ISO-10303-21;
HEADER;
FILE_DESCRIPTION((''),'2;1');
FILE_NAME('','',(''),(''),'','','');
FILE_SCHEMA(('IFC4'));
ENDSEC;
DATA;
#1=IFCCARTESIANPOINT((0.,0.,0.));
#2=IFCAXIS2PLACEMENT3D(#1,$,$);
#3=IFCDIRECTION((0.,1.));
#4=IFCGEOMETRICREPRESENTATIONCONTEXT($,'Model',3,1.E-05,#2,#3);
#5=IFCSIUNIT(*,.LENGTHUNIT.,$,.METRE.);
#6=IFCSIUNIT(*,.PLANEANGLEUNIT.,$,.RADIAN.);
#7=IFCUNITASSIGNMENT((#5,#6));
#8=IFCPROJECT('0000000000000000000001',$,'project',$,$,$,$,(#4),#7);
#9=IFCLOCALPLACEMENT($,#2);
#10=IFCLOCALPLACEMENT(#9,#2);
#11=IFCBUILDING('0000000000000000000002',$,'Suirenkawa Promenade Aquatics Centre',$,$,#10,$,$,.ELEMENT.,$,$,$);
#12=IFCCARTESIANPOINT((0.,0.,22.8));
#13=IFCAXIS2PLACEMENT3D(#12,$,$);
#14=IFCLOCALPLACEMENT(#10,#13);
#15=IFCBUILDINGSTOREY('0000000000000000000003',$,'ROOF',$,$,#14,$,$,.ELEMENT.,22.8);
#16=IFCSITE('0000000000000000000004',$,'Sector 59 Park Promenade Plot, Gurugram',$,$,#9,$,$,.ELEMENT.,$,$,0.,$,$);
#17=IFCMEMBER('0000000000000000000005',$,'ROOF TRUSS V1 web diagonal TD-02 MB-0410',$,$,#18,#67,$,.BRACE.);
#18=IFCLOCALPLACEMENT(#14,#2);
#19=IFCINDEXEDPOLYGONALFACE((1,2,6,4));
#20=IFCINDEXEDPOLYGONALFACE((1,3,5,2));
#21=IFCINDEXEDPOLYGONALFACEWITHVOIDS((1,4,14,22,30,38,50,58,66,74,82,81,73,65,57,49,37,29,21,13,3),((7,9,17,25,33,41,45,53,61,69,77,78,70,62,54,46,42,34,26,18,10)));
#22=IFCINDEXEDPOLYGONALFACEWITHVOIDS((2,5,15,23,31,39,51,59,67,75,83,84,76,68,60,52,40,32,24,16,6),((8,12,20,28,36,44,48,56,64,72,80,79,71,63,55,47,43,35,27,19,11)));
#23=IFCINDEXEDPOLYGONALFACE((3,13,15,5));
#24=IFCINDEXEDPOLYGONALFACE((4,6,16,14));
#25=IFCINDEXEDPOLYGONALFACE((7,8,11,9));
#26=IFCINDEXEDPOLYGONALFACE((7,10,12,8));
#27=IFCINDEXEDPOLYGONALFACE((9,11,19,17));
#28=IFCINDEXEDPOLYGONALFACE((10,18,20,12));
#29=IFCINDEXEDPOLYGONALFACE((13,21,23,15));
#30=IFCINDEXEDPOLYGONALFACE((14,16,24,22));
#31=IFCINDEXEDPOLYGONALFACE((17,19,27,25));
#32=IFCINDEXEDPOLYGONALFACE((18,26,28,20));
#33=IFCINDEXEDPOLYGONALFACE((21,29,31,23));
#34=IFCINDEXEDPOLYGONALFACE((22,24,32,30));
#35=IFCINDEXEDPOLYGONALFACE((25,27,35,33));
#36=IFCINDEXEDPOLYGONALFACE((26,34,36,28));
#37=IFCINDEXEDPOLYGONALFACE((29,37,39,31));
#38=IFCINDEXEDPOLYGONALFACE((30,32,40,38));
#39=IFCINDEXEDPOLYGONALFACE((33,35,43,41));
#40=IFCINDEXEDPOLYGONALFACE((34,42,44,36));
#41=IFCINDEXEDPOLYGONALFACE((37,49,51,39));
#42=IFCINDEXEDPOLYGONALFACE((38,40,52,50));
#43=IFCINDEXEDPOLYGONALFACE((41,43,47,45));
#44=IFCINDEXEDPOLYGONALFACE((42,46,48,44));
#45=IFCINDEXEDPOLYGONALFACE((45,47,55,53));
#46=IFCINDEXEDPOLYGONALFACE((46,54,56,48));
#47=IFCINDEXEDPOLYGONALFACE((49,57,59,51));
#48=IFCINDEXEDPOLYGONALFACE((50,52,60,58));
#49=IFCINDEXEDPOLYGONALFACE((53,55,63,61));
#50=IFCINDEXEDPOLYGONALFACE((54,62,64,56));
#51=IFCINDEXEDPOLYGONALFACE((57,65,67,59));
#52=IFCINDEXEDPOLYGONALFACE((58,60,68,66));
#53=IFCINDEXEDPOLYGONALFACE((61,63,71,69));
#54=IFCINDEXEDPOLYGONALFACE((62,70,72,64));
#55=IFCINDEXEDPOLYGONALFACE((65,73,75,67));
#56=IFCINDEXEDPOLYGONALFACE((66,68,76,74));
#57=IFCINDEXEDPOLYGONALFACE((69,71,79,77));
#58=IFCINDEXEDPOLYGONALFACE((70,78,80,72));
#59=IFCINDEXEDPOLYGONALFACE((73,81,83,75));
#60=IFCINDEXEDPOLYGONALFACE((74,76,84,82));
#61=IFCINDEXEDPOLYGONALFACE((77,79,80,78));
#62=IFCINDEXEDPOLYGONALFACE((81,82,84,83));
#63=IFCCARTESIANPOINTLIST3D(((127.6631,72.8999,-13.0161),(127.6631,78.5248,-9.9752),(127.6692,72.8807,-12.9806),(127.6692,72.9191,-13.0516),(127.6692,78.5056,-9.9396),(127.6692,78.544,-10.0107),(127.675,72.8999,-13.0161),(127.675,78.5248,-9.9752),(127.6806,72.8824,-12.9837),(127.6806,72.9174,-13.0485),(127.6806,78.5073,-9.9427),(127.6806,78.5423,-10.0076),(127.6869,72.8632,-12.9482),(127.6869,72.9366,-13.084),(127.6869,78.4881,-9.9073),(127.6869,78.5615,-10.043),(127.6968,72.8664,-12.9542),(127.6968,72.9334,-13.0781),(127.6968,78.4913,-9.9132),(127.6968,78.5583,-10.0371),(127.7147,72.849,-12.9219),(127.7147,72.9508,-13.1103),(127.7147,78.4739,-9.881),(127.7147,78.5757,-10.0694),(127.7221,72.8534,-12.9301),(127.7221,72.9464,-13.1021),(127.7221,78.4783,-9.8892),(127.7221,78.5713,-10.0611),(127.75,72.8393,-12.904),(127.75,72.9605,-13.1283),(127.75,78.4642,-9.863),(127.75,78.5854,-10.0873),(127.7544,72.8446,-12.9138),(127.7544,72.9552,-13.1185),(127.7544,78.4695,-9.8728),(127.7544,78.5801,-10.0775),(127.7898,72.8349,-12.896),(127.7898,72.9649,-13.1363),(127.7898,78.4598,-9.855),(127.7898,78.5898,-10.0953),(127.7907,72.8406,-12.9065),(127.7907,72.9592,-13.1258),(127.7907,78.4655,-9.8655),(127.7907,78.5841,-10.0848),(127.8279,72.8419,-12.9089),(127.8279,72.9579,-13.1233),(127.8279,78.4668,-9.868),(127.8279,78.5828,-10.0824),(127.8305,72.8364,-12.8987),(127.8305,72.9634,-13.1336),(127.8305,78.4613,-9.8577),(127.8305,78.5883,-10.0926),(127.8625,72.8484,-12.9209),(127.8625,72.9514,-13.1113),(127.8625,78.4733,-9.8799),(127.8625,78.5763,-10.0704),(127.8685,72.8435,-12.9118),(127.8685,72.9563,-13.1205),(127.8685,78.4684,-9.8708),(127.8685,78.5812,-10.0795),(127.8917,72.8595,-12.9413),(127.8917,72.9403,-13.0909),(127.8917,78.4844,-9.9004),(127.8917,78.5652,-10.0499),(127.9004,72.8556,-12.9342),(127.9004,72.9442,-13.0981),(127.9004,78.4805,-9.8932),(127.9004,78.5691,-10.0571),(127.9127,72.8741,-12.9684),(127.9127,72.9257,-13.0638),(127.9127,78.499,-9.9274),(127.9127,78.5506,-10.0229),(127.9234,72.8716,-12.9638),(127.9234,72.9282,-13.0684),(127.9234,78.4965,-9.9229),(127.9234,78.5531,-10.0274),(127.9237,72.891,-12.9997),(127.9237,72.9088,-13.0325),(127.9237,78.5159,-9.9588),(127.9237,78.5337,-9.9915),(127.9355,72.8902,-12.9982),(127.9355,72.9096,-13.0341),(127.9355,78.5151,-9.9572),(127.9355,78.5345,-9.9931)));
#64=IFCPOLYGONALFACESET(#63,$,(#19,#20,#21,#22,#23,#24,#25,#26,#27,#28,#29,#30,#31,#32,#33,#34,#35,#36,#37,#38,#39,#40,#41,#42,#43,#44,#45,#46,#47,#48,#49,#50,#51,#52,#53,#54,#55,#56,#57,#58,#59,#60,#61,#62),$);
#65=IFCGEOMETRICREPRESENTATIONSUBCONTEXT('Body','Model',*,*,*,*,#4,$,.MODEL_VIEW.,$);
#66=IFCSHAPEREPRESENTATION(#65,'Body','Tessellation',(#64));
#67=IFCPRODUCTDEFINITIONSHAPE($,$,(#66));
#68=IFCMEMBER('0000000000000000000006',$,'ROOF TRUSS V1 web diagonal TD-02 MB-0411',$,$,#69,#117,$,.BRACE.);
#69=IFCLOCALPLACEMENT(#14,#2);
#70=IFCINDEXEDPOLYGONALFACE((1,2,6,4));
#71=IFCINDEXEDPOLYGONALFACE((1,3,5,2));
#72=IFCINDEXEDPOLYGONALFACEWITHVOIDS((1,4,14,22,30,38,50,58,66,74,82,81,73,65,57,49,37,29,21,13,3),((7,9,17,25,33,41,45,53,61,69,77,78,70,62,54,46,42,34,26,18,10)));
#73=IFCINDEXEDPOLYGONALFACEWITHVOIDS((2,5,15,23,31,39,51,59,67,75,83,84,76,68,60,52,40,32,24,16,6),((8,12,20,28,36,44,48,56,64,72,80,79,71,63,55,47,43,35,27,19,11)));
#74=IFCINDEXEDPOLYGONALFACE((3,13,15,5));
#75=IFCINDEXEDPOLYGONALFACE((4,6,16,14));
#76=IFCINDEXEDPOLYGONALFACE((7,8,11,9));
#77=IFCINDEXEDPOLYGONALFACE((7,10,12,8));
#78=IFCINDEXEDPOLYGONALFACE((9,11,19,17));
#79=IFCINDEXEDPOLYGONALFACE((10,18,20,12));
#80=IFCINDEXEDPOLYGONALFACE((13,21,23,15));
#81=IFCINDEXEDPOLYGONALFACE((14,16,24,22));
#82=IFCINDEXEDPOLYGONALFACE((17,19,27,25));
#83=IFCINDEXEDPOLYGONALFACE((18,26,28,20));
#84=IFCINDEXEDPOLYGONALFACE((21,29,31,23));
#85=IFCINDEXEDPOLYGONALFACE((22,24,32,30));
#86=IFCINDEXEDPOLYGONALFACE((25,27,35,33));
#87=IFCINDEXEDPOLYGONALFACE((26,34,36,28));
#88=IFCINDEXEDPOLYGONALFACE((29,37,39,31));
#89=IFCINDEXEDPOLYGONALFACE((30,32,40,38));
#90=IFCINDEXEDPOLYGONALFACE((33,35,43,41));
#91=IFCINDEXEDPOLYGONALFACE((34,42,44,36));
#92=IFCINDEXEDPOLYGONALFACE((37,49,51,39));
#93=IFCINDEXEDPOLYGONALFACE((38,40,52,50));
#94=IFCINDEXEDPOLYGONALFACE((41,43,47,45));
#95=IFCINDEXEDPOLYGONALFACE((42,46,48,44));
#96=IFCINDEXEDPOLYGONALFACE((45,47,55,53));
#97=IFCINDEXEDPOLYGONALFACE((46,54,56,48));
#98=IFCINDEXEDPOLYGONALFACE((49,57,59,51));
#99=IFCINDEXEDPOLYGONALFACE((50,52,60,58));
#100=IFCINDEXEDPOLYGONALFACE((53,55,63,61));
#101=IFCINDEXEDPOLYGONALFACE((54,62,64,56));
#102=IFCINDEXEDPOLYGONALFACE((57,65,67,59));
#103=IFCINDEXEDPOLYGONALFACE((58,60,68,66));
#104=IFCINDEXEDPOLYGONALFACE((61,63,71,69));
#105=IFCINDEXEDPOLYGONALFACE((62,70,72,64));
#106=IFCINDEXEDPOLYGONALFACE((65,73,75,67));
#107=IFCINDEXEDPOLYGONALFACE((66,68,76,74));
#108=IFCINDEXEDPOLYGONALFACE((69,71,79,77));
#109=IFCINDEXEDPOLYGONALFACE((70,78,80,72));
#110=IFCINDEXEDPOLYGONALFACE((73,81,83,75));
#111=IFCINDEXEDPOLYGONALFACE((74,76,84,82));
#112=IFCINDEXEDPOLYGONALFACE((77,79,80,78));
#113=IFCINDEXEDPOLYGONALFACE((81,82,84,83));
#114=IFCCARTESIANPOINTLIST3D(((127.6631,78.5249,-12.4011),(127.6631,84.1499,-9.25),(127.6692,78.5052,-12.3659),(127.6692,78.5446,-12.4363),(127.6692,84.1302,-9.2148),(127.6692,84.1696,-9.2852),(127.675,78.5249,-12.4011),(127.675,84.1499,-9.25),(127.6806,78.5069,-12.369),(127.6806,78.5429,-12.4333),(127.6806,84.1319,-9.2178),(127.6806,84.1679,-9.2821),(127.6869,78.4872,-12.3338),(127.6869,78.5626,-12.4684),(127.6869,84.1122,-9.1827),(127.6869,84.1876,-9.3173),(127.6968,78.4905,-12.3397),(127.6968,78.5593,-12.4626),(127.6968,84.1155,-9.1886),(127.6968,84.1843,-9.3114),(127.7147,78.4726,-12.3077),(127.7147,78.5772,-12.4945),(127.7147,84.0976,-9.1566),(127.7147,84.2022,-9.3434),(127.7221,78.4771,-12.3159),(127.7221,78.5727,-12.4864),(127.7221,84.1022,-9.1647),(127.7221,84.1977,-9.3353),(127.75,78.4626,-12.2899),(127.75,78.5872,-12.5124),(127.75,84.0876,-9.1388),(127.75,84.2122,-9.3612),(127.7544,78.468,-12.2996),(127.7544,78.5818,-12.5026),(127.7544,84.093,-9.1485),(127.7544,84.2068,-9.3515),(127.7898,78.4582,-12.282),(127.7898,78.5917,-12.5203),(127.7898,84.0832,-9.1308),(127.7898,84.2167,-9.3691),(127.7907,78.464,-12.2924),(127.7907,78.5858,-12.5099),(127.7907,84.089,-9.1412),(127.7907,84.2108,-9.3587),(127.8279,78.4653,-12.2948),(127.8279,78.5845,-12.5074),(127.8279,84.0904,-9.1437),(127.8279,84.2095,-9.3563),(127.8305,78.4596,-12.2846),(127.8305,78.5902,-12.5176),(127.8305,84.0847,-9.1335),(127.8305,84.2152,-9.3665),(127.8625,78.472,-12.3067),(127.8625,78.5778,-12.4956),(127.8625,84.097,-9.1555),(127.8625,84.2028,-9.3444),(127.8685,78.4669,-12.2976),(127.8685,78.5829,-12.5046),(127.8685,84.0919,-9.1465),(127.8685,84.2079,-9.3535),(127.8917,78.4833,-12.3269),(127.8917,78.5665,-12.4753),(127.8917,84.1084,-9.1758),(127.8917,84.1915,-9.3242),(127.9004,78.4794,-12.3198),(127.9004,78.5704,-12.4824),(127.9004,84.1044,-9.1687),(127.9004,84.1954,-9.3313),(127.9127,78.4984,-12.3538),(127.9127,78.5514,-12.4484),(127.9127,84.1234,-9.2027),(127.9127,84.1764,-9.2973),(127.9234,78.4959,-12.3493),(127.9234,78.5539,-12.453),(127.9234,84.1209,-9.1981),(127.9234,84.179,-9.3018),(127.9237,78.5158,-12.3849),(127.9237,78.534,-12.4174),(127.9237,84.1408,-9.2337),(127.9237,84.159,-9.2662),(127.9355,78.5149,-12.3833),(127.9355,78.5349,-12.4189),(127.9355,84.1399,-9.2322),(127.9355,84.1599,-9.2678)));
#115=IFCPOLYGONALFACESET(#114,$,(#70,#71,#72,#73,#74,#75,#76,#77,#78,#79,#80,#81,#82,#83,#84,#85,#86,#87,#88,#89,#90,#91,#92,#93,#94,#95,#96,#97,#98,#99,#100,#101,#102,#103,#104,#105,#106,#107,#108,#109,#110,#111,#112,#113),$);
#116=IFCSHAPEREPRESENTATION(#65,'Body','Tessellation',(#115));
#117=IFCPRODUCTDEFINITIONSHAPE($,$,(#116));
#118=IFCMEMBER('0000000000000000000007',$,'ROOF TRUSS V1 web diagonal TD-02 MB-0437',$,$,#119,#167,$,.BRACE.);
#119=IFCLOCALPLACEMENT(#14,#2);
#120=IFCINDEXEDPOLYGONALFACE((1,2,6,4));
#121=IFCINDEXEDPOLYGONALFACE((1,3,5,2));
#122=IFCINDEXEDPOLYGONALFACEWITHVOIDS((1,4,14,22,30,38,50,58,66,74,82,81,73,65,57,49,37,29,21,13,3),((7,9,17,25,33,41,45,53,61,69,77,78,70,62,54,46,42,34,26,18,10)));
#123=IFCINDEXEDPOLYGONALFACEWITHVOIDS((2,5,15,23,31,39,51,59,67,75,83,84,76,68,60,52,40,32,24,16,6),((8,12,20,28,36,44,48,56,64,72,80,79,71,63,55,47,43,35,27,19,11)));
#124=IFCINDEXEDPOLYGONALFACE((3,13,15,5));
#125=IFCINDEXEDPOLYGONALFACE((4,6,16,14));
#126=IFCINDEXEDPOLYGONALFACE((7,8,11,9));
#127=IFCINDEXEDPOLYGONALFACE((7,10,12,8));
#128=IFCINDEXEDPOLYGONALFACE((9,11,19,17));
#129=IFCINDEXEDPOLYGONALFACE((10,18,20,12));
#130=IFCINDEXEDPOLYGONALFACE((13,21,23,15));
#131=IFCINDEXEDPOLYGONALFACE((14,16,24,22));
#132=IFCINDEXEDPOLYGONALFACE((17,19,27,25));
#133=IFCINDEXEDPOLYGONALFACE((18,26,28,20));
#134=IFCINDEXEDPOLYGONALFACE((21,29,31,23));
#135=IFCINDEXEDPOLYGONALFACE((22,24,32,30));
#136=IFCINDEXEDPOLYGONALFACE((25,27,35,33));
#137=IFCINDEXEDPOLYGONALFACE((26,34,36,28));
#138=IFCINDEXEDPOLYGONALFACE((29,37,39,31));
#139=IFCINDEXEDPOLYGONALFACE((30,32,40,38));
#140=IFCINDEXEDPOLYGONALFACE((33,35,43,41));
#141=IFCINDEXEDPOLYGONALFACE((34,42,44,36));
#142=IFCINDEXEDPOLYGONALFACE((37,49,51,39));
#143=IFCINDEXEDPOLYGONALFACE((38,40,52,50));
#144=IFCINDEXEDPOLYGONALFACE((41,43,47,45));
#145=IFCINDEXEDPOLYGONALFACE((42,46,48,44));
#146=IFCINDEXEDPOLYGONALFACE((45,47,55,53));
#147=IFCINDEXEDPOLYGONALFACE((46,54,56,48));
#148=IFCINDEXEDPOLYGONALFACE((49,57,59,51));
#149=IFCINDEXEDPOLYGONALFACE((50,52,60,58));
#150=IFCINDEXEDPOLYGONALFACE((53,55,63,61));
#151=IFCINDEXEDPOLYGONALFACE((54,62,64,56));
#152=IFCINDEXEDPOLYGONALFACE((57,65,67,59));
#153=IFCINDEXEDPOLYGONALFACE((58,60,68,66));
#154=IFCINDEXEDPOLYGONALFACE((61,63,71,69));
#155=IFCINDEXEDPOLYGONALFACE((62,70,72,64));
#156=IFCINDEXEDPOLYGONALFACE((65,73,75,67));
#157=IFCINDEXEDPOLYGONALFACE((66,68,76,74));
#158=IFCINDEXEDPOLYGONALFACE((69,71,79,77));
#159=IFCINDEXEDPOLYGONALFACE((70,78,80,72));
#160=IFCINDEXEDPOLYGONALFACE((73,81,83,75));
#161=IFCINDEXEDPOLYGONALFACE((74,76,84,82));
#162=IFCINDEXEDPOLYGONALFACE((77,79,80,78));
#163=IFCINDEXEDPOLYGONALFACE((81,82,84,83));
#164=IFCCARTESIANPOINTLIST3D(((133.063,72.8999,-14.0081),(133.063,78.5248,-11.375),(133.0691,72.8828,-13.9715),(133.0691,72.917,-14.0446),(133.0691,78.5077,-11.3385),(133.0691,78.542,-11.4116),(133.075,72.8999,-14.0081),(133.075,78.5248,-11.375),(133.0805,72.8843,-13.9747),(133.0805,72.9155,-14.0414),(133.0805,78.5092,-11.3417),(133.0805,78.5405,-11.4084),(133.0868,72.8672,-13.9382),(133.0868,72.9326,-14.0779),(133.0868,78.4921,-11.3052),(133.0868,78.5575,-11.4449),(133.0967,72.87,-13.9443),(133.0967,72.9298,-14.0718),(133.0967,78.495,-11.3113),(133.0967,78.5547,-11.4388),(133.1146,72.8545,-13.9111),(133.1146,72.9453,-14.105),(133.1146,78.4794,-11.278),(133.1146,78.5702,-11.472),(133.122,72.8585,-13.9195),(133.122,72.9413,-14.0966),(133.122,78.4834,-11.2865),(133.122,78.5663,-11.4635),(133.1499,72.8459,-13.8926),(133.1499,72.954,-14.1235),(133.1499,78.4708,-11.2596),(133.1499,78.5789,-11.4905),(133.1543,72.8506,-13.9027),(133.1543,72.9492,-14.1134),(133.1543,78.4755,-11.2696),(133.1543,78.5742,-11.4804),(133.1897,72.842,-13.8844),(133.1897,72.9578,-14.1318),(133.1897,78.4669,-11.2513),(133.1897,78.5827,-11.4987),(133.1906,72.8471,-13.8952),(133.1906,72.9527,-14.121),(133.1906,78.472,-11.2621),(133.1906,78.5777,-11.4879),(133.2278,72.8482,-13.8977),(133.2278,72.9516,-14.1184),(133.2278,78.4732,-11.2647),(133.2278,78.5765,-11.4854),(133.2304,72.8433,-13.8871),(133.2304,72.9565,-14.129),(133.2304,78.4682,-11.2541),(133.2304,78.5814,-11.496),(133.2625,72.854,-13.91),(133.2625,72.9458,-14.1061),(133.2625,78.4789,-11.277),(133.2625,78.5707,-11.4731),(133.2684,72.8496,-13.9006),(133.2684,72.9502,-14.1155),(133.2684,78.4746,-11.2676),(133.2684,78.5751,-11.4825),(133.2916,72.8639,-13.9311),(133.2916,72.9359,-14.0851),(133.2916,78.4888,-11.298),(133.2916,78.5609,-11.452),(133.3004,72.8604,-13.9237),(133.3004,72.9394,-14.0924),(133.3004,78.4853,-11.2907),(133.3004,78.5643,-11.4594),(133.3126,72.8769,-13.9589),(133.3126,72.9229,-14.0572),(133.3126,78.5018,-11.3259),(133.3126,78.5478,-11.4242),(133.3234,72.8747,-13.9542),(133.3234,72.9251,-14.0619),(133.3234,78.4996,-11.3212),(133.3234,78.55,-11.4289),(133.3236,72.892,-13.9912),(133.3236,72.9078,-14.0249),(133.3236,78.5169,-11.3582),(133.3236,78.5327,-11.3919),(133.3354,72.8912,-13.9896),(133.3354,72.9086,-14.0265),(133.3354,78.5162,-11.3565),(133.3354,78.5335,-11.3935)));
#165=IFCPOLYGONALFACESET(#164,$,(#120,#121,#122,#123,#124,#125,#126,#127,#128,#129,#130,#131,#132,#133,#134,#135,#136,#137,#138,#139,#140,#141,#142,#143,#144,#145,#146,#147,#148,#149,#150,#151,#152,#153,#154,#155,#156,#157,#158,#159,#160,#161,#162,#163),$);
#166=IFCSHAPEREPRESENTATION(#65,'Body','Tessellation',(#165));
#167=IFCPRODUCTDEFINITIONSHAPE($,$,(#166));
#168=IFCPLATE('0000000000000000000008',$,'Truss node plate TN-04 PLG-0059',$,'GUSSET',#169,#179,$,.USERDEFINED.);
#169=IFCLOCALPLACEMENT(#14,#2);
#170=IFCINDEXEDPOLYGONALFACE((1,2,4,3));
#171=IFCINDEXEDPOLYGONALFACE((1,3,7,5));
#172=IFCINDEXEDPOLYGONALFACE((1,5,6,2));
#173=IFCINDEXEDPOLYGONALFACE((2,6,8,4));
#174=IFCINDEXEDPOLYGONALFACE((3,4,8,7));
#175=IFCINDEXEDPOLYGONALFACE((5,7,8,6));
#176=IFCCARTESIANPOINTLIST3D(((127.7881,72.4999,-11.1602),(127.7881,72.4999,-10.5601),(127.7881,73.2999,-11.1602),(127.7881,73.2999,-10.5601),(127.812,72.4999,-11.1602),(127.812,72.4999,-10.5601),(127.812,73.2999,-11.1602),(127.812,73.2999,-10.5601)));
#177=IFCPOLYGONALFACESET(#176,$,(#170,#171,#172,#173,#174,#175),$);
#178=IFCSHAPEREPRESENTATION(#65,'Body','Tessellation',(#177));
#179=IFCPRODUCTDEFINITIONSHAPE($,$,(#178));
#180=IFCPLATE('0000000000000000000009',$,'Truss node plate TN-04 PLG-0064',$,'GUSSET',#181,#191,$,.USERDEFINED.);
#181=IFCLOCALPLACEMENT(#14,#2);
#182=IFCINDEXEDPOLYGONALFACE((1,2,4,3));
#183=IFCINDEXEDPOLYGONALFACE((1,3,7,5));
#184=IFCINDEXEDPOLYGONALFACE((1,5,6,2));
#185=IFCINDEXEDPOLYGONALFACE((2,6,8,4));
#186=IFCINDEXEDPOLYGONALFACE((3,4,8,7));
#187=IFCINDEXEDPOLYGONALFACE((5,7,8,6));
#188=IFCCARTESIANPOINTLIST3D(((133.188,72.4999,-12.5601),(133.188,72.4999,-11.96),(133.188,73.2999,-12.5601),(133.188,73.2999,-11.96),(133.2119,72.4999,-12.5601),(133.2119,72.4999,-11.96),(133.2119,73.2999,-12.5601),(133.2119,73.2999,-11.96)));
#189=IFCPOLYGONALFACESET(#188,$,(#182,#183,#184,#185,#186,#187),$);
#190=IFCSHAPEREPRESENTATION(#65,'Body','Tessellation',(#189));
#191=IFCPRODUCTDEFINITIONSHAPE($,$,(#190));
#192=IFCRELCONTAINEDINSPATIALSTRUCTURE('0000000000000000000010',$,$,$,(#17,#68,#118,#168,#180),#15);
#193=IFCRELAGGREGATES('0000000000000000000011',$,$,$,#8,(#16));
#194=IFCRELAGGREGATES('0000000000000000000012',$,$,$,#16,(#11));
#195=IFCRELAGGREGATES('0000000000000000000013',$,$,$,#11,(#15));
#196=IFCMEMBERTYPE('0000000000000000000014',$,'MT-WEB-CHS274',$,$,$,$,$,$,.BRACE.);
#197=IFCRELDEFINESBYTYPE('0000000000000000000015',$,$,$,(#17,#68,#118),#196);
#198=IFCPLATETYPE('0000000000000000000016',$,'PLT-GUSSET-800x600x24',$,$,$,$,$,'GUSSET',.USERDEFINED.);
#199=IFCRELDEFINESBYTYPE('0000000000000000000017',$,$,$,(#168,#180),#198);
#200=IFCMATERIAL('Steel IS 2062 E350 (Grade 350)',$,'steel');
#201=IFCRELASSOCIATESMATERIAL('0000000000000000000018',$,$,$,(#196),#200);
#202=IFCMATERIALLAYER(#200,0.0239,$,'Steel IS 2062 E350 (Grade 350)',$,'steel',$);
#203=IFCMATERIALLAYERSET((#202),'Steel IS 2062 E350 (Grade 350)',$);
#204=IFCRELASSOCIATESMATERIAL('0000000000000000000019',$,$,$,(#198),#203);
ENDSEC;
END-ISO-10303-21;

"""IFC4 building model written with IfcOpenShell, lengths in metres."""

from ifc_helpers import new_model, si_unit, direction, frame, origin, origin_2d, place, context, subcontext, project, spatial, rectangle, hollow_circle, extrude, material, layer, layer_set, material_profile, profile_set, type_object, element, save


model = new_model("IFC4")

# Units and contexts
model_context = context("Model", 3, precision=1e-05, world=origin(), true_north=direction((0.0, 1.0)))
body_context = subcontext(model_context, "Body", "Model", "MODEL_VIEW")
ifc_project = project(units=[si_unit("LENGTHUNIT", "METRE"), si_unit("PLANEANGLEUNIT", "RADIAN")], contexts=[model_context])

# Site, building, storey
site_placement = place(None, origin())
site = spatial("IfcSite", under=ifc_project, at=site_placement, Name="Sector 59 Park Promenade Plot, Gurugram", CompositionType="ELEMENT", RefElevation=0.0)
building_placement = place(site_placement, origin())
building = spatial("IfcBuilding", under=site, at=building_placement, Name="Suirenkawa Promenade Aquatics Centre", CompositionType="ELEMENT")
storey_placement = place(building_placement, frame((0.0, 0.0, 22.8)))
storey = spatial("IfcBuildingStorey", under=building, at=storey_placement, Name="ROOF", CompositionType="ELEMENT", Elevation=22.8)

# Shared definitions
ifc_material = material(Name="Steel IS 2062 E350 (Grade 350)", Category="steel")

# Members
ifc_material_profile_1 = material_profile(ifc_material, hollow_circle(Radius=0.137, WallThickness=0.012, at=origin_2d()), Name="CHS 274x12", Category="steel")
ifc_profile_set_1 = profile_set([ifc_material_profile_1], Name="Steel IS 2062 E350 (Grade 350)")
member_type_1 = type_object("IfcMemberType", Name="MT-WEB-CHS274", PredefinedType="BRACE", material=ifc_profile_set_1)
member_1_placement = place(storey_placement, frame((127.8, 72.8999, -13.0161), z_axis=(0.0, 0.879675, 0.475575), x_axis=(-1.0, 0.0, 0.0)))
element("IfcMember", 1, at=member_1_placement, inside=storey, type_object=member_type_1, Name="ROOF TRUSS V1 web diagonal TD-02 MB-0410", PredefinedType="BRACE", context=body_context, shape_type="SweptSolid", body=[
    extrude(hollow_circle(Radius=0.137, WallThickness=0.012, at=origin_2d()), origin(), (0.0, 0.0, 1.0), 6.3943),
])
member_2_placement = place(storey_placement, frame((127.8, 78.5249, -12.4011), z_axis=(0.0, 0.872432, 0.488736), x_axis=(-1.0, 0.0, 0.0)))
element("IfcMember", 2, at=member_2_placement, inside=storey, type_object=member_type_1, Name="ROOF TRUSS V1 web diagonal TD-02 MB-0411", PredefinedType="BRACE", context=body_context, shape_type="SweptSolid", body=[
    extrude(hollow_circle(Radius=0.137, WallThickness=0.012, at=origin_2d()), origin(), (0.0, 0.0, 1.0), 6.4475),
])
member_3_placement = place(storey_placement, frame((133.2, 72.8999, -14.0081), z_axis=(0.0, 0.905685, 0.42395), x_axis=(-1.0, 0.0, 0.0)))
element("IfcMember", 3, at=member_3_placement, inside=storey, type_object=member_type_1, Name="ROOF TRUSS V1 web diagonal TD-02 MB-0437", PredefinedType="BRACE", context=body_context, shape_type="SweptSolid", body=[
    extrude(hollow_circle(Radius=0.137, WallThickness=0.012, at=origin_2d()), origin(), (0.0, 0.0, 1.0), 6.2107),
])

# Plates
ifc_layer = layer(ifc_material, 0.0239, Name="Steel IS 2062 E350 (Grade 350)", Category="steel")
ifc_layer_set = layer_set([ifc_layer], Name="Steel IS 2062 E350 (Grade 350)")
plate_type = type_object("IfcPlateType", Name="PLT-GUSSET-800x600x24", ElementType="GUSSET", PredefinedType="USERDEFINED", material=ifc_layer_set)
for number, where, z_axis, x_axis, name in (
    (4, (127.8, 72.8999, -11.1602), (0.0, 0.0, 1.0), (0.0, 1.0, 0.0), "Truss node plate TN-04 PLG-0059"),
    (5, (133.2, 72.8999, -12.5601), (0.0, 0.0, 1.0), (0.0, 1.0, 0.0), "Truss node plate TN-04 PLG-0064"),
):
    element("IfcPlate", number, at=place(storey_placement, frame(where, z_axis=z_axis, x_axis=x_axis)), inside=storey, type_object=plate_type, Name=name, ObjectType="GUSSET", PredefinedType="USERDEFINED", context=body_context, shape_type="SweptSolid", body=[
        extrude(rectangle(XDim=0.8, YDim=0.0239, at=origin_2d()), origin(), (0.0, 0.0, 1.0), 0.6001),
    ])

save(model, "model.ifc")
